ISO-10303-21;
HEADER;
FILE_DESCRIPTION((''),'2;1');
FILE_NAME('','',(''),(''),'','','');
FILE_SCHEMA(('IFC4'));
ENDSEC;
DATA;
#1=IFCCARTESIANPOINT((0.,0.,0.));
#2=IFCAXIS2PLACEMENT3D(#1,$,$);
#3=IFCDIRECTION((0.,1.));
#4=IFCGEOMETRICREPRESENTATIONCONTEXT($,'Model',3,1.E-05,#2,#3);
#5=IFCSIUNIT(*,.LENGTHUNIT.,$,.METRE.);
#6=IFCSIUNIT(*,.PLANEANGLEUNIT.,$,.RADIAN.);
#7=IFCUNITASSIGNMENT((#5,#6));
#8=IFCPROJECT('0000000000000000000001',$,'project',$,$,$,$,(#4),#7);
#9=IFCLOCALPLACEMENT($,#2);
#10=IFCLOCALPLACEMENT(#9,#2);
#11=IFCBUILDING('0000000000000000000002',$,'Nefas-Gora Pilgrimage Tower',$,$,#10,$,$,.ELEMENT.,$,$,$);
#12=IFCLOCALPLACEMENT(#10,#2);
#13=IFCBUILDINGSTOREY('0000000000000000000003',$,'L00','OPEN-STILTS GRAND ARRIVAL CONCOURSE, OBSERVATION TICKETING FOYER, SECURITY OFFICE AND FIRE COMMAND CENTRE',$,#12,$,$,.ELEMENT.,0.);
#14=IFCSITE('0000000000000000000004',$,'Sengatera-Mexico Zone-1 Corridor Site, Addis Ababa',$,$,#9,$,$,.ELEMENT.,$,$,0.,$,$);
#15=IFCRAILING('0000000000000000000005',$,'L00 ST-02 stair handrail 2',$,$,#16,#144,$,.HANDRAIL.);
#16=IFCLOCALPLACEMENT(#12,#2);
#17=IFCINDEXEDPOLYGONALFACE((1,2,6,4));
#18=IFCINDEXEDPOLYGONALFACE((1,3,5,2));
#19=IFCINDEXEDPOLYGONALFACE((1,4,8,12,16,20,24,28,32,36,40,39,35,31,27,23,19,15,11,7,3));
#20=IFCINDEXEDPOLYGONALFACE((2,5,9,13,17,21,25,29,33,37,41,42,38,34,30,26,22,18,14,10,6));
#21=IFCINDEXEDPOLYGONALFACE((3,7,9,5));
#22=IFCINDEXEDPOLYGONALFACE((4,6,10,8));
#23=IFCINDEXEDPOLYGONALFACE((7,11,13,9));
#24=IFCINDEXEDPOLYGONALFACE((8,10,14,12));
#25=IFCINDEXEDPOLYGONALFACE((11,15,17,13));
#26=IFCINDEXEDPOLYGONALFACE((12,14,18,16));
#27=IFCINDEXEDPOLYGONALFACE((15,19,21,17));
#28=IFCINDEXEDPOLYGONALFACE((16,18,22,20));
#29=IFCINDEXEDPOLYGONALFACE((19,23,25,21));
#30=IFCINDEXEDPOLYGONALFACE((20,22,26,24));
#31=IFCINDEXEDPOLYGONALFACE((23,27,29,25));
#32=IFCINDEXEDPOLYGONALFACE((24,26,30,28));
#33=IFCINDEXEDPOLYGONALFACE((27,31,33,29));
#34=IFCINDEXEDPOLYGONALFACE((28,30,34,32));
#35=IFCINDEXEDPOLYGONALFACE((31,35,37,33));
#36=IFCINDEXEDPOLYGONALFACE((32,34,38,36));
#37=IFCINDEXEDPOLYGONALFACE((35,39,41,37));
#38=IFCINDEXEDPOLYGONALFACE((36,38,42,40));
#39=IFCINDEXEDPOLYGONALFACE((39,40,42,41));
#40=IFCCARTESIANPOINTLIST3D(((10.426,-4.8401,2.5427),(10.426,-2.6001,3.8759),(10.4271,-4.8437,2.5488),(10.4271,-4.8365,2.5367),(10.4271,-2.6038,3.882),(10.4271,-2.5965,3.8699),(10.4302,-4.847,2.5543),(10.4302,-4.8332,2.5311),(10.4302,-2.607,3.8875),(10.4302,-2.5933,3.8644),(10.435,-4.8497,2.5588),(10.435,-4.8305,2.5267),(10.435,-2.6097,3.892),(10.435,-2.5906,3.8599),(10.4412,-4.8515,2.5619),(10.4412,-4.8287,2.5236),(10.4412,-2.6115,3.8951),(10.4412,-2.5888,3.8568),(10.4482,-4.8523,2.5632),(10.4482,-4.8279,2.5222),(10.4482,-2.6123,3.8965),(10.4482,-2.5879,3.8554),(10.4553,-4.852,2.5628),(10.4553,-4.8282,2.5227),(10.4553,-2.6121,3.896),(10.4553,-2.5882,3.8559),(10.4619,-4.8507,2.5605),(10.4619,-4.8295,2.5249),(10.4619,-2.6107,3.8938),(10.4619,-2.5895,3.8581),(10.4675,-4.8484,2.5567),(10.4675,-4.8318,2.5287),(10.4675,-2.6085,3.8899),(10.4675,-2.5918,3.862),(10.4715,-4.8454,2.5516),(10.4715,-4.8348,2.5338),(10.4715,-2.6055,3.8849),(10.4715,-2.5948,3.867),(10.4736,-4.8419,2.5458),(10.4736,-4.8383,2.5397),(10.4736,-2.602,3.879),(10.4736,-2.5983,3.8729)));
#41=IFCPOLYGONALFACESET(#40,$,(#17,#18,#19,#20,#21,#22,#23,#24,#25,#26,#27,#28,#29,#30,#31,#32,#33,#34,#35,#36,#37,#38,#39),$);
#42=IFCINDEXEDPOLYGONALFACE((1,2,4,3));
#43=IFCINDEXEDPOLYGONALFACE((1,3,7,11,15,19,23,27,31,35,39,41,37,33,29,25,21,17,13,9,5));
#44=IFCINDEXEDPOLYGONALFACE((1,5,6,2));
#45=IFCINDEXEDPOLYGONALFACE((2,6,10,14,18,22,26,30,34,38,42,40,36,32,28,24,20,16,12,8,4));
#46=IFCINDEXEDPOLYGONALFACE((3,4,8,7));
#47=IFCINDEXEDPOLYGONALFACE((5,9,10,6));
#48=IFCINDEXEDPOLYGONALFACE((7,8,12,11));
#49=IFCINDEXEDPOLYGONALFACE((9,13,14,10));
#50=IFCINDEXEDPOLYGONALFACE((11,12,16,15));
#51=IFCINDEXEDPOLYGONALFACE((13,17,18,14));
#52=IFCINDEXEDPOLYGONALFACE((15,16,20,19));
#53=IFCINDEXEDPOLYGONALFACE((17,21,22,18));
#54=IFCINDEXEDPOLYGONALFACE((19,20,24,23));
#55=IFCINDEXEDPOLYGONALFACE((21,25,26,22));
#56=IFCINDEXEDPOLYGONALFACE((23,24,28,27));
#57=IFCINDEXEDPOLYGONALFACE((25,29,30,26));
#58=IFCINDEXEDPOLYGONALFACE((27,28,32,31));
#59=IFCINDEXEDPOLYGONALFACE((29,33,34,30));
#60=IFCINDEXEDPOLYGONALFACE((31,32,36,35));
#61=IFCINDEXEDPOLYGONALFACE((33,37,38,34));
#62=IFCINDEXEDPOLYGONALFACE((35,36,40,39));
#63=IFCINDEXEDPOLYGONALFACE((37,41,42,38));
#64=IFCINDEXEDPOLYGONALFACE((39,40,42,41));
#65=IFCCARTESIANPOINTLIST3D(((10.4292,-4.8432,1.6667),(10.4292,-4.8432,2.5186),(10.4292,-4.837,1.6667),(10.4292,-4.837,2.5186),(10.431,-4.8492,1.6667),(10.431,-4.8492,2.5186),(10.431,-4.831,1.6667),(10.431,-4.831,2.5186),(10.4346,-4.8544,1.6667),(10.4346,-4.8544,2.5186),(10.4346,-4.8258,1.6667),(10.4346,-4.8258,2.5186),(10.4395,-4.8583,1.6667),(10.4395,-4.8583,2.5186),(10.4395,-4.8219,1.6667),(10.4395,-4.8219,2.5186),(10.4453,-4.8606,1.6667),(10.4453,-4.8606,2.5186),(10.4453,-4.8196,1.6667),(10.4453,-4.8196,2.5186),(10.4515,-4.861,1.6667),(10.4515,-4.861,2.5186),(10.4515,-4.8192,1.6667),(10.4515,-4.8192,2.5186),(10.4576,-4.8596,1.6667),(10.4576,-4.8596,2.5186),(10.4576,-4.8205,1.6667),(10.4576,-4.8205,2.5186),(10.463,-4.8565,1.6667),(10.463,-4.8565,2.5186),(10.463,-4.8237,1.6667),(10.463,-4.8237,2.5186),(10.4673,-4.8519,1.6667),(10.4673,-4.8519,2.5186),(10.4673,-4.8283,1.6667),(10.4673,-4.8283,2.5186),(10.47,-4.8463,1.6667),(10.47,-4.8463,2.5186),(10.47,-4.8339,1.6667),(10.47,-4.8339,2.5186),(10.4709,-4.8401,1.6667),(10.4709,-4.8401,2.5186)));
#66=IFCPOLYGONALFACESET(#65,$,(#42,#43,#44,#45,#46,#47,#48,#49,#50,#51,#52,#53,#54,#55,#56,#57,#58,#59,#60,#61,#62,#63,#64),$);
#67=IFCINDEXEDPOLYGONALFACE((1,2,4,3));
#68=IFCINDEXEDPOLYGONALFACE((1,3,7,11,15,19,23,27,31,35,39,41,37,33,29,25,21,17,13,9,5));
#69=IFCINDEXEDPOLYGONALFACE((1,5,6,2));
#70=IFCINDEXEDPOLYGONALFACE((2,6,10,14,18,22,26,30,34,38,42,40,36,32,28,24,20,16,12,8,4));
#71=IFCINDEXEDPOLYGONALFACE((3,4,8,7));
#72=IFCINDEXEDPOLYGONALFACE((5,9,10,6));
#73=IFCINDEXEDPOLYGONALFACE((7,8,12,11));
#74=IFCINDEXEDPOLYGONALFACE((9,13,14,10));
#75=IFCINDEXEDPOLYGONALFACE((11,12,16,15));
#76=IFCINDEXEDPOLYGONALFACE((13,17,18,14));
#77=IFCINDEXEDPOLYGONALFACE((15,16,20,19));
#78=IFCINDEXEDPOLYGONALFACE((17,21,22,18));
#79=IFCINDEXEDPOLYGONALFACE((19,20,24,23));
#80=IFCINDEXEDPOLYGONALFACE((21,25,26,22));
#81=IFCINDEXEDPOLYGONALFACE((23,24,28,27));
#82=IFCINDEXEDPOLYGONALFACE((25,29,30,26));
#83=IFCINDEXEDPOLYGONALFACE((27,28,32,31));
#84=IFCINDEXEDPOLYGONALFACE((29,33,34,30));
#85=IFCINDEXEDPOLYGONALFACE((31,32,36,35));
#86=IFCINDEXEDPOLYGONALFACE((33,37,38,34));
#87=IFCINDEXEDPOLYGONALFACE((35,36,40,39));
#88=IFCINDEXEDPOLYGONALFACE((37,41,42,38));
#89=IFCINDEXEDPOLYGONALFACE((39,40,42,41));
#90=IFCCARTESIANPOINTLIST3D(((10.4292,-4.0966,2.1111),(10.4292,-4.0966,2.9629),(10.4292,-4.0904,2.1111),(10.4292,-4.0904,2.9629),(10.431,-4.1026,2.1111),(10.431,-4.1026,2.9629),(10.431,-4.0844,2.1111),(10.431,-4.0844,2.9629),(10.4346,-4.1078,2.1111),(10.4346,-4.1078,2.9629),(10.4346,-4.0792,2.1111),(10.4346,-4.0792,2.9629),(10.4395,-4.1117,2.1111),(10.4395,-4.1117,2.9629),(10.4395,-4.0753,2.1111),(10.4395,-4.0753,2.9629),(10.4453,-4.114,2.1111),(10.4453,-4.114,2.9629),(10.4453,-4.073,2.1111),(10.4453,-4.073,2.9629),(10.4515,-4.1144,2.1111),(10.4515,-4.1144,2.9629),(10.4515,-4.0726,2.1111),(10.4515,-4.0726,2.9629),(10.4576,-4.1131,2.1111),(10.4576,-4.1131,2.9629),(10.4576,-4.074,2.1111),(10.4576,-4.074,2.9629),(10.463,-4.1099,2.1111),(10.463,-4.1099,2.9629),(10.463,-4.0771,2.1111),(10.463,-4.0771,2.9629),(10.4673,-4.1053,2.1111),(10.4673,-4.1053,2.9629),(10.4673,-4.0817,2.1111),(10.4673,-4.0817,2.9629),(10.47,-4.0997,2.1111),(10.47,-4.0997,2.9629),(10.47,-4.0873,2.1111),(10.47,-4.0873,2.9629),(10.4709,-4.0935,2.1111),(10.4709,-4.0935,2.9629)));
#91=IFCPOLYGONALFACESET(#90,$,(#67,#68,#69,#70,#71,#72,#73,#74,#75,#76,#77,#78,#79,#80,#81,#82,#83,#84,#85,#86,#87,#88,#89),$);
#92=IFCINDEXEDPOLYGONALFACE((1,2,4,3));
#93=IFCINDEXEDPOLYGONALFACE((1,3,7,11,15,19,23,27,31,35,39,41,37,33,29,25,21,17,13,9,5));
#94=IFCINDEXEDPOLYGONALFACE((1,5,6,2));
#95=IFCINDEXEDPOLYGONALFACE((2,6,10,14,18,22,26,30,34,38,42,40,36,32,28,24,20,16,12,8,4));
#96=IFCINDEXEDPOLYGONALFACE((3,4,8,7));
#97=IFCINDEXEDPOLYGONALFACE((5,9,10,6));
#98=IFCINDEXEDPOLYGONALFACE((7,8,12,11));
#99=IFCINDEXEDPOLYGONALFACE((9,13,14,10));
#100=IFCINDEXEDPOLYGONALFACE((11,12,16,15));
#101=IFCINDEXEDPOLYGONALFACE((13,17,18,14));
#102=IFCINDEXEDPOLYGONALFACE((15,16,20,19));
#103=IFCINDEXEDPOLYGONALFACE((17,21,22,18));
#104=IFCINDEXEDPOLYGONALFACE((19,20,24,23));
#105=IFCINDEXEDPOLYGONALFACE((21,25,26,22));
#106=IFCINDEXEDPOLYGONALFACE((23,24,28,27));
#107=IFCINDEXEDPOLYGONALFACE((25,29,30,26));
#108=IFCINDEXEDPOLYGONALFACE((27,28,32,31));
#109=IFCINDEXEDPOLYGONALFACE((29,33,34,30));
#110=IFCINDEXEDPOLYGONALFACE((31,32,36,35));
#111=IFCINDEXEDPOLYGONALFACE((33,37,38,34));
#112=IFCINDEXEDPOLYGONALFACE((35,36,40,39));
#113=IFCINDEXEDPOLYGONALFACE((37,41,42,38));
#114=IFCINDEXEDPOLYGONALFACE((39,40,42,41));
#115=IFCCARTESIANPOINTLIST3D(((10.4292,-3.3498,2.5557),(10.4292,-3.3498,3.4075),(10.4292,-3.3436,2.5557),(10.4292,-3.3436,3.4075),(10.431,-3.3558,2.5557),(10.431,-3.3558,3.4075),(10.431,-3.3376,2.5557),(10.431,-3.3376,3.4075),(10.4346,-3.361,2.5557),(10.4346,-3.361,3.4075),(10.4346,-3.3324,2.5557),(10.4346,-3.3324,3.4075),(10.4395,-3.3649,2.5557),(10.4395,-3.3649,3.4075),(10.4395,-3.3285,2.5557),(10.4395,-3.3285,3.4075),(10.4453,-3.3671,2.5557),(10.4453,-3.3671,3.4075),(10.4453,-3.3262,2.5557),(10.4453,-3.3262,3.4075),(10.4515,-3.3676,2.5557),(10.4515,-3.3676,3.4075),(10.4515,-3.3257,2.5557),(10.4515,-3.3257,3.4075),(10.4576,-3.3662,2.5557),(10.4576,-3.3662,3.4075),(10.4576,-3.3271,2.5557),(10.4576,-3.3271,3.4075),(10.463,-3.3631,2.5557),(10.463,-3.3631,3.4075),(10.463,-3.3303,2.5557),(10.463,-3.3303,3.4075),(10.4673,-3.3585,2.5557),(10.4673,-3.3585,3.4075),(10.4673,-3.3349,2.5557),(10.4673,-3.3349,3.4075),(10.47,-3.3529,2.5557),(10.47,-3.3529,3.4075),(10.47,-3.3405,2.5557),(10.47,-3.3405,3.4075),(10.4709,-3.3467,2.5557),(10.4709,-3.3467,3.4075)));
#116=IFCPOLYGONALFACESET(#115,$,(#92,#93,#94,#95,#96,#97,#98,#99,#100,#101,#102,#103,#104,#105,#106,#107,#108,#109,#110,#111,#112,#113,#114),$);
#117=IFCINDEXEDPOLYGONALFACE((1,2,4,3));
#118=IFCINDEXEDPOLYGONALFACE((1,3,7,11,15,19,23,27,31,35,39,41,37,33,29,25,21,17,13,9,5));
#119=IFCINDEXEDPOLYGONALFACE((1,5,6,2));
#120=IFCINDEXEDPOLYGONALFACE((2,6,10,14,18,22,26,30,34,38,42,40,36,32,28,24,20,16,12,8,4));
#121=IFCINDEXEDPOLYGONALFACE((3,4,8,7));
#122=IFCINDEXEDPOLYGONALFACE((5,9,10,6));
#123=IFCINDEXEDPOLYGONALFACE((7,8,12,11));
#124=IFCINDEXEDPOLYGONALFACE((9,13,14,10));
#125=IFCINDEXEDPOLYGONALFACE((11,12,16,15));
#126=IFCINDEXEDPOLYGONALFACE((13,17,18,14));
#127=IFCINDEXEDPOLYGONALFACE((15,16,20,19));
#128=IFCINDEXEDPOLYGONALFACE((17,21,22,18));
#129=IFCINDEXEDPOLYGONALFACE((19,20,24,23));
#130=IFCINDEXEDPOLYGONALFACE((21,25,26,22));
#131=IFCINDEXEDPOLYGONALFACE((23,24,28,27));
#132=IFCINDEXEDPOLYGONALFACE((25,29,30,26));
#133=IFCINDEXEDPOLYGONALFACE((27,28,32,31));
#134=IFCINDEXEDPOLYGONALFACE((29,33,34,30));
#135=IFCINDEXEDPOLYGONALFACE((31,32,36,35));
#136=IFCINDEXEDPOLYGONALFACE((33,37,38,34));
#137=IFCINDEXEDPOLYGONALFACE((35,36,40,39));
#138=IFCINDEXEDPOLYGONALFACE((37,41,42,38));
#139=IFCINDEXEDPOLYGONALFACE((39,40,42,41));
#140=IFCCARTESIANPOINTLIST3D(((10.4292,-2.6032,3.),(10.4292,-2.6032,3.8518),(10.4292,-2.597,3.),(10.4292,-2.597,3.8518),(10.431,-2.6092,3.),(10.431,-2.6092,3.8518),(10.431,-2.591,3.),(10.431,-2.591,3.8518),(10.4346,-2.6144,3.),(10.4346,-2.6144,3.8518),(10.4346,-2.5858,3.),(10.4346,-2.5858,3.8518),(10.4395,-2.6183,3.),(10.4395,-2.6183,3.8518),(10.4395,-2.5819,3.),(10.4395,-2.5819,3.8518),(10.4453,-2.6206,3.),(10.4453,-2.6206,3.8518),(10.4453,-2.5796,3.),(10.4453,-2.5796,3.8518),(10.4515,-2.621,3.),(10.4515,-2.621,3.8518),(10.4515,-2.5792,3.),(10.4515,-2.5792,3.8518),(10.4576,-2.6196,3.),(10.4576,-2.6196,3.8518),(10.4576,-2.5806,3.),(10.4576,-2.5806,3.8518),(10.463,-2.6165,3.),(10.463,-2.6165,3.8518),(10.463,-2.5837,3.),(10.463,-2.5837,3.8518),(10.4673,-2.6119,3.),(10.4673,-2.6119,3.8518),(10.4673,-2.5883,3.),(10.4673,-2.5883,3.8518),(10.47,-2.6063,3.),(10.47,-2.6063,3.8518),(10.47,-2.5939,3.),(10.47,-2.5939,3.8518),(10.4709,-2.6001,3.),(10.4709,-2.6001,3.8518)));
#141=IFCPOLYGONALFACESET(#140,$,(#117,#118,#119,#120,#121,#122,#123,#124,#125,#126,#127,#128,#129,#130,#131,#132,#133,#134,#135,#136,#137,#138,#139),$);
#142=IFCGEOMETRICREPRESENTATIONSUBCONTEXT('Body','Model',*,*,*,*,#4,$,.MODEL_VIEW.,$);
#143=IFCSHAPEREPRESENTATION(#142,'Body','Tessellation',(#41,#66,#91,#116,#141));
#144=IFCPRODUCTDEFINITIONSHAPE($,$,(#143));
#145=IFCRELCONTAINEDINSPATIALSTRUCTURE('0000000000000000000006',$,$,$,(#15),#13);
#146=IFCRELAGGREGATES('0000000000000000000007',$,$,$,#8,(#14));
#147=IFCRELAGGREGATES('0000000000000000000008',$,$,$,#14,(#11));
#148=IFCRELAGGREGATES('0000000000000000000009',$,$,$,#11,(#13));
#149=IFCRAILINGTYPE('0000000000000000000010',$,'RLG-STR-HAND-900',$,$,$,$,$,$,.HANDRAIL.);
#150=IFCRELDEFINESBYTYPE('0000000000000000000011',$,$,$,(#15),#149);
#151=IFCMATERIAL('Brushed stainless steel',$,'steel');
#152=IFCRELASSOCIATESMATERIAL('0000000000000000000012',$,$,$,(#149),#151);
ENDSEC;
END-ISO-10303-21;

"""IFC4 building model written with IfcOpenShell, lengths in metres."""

from ifc_helpers import new_model, si_unit, direction, frame, origin, origin_2d, place, context, subcontext, project, spatial, circle, extrude, material, type_object, element, save


model = new_model("IFC4")

# Units and contexts
model_context = context("Model", 3, precision=1e-05, world=origin(), true_north=direction((0.0, 1.0)))
body_context = subcontext(model_context, "Body", "Model", "MODEL_VIEW")
ifc_project = project(units=[si_unit("LENGTHUNIT", "METRE"), si_unit("PLANEANGLEUNIT", "RADIAN")], contexts=[model_context])

# Site, building, storey
site_placement = place(None, origin())
site = spatial("IfcSite", under=ifc_project, at=site_placement, Name="Sengatera-Mexico Zone-1 Corridor Site, Addis Ababa", CompositionType="ELEMENT", RefElevation=0.0)
building_placement = place(site_placement, origin())
building = spatial("IfcBuilding", under=site, at=building_placement, Name="Nefas-Gora Pilgrimage Tower", CompositionType="ELEMENT")
storey_placement = place(building_placement, origin())
storey = spatial("IfcBuildingStorey", under=building, at=storey_placement, Name="L00", Description="OPEN-STILTS GRAND ARRIVAL CONCOURSE, OBSERVATION TICKETING FOYER, SECURITY OFFICE AND FIRE COMMAND CENTRE", CompositionType="ELEMENT", Elevation=0.0)

# Railing
ifc_material_1 = material(Name="Brushed stainless steel", Category="steel")
railing_type_1 = type_object("IfcRailingType", Name="RLG-STR-HAND-900", PredefinedType="HANDRAIL", material=ifc_material_1)
railing_1_placement = place(storey_placement, frame((10.45, -4.8401, 1.6667)))
element("IfcRailing", 1, at=railing_1_placement, inside=storey, type_object=railing_type_1, Name="L00 ST-02 stair handrail 2", PredefinedType="HANDRAIL", context=body_context, shape_type="SweptSolid", body=[
    extrude(circle(Radius=0.0239, at=origin_2d()), frame((0.0, 0.0, 0.876), z_axis=(0.0, 0.859306, 0.511462), x_axis=(-1.0, 0.0, 0.0)), (0.0, 0.0, 1.0), 2.6067),
    extrude(circle(Radius=0.021, at=origin_2d()), origin(), (0.0, 0.0, 1.0), 0.8518),
    extrude(circle(Radius=0.021, at=origin_2d()), frame((0.0, 0.7466, 0.4443)), (0.0, 0.0, 1.0), 0.8518),
    extrude(circle(Radius=0.021, at=origin_2d()), frame((0.0, 1.4934, 0.8889)), (0.0, 0.0, 1.0), 0.8518),
    extrude(circle(Radius=0.021, at=origin_2d()), frame((0.0, 2.24, 1.3333)), (0.0, 0.0, 1.0), 0.8518),
])

save(model, "model.ifc")
